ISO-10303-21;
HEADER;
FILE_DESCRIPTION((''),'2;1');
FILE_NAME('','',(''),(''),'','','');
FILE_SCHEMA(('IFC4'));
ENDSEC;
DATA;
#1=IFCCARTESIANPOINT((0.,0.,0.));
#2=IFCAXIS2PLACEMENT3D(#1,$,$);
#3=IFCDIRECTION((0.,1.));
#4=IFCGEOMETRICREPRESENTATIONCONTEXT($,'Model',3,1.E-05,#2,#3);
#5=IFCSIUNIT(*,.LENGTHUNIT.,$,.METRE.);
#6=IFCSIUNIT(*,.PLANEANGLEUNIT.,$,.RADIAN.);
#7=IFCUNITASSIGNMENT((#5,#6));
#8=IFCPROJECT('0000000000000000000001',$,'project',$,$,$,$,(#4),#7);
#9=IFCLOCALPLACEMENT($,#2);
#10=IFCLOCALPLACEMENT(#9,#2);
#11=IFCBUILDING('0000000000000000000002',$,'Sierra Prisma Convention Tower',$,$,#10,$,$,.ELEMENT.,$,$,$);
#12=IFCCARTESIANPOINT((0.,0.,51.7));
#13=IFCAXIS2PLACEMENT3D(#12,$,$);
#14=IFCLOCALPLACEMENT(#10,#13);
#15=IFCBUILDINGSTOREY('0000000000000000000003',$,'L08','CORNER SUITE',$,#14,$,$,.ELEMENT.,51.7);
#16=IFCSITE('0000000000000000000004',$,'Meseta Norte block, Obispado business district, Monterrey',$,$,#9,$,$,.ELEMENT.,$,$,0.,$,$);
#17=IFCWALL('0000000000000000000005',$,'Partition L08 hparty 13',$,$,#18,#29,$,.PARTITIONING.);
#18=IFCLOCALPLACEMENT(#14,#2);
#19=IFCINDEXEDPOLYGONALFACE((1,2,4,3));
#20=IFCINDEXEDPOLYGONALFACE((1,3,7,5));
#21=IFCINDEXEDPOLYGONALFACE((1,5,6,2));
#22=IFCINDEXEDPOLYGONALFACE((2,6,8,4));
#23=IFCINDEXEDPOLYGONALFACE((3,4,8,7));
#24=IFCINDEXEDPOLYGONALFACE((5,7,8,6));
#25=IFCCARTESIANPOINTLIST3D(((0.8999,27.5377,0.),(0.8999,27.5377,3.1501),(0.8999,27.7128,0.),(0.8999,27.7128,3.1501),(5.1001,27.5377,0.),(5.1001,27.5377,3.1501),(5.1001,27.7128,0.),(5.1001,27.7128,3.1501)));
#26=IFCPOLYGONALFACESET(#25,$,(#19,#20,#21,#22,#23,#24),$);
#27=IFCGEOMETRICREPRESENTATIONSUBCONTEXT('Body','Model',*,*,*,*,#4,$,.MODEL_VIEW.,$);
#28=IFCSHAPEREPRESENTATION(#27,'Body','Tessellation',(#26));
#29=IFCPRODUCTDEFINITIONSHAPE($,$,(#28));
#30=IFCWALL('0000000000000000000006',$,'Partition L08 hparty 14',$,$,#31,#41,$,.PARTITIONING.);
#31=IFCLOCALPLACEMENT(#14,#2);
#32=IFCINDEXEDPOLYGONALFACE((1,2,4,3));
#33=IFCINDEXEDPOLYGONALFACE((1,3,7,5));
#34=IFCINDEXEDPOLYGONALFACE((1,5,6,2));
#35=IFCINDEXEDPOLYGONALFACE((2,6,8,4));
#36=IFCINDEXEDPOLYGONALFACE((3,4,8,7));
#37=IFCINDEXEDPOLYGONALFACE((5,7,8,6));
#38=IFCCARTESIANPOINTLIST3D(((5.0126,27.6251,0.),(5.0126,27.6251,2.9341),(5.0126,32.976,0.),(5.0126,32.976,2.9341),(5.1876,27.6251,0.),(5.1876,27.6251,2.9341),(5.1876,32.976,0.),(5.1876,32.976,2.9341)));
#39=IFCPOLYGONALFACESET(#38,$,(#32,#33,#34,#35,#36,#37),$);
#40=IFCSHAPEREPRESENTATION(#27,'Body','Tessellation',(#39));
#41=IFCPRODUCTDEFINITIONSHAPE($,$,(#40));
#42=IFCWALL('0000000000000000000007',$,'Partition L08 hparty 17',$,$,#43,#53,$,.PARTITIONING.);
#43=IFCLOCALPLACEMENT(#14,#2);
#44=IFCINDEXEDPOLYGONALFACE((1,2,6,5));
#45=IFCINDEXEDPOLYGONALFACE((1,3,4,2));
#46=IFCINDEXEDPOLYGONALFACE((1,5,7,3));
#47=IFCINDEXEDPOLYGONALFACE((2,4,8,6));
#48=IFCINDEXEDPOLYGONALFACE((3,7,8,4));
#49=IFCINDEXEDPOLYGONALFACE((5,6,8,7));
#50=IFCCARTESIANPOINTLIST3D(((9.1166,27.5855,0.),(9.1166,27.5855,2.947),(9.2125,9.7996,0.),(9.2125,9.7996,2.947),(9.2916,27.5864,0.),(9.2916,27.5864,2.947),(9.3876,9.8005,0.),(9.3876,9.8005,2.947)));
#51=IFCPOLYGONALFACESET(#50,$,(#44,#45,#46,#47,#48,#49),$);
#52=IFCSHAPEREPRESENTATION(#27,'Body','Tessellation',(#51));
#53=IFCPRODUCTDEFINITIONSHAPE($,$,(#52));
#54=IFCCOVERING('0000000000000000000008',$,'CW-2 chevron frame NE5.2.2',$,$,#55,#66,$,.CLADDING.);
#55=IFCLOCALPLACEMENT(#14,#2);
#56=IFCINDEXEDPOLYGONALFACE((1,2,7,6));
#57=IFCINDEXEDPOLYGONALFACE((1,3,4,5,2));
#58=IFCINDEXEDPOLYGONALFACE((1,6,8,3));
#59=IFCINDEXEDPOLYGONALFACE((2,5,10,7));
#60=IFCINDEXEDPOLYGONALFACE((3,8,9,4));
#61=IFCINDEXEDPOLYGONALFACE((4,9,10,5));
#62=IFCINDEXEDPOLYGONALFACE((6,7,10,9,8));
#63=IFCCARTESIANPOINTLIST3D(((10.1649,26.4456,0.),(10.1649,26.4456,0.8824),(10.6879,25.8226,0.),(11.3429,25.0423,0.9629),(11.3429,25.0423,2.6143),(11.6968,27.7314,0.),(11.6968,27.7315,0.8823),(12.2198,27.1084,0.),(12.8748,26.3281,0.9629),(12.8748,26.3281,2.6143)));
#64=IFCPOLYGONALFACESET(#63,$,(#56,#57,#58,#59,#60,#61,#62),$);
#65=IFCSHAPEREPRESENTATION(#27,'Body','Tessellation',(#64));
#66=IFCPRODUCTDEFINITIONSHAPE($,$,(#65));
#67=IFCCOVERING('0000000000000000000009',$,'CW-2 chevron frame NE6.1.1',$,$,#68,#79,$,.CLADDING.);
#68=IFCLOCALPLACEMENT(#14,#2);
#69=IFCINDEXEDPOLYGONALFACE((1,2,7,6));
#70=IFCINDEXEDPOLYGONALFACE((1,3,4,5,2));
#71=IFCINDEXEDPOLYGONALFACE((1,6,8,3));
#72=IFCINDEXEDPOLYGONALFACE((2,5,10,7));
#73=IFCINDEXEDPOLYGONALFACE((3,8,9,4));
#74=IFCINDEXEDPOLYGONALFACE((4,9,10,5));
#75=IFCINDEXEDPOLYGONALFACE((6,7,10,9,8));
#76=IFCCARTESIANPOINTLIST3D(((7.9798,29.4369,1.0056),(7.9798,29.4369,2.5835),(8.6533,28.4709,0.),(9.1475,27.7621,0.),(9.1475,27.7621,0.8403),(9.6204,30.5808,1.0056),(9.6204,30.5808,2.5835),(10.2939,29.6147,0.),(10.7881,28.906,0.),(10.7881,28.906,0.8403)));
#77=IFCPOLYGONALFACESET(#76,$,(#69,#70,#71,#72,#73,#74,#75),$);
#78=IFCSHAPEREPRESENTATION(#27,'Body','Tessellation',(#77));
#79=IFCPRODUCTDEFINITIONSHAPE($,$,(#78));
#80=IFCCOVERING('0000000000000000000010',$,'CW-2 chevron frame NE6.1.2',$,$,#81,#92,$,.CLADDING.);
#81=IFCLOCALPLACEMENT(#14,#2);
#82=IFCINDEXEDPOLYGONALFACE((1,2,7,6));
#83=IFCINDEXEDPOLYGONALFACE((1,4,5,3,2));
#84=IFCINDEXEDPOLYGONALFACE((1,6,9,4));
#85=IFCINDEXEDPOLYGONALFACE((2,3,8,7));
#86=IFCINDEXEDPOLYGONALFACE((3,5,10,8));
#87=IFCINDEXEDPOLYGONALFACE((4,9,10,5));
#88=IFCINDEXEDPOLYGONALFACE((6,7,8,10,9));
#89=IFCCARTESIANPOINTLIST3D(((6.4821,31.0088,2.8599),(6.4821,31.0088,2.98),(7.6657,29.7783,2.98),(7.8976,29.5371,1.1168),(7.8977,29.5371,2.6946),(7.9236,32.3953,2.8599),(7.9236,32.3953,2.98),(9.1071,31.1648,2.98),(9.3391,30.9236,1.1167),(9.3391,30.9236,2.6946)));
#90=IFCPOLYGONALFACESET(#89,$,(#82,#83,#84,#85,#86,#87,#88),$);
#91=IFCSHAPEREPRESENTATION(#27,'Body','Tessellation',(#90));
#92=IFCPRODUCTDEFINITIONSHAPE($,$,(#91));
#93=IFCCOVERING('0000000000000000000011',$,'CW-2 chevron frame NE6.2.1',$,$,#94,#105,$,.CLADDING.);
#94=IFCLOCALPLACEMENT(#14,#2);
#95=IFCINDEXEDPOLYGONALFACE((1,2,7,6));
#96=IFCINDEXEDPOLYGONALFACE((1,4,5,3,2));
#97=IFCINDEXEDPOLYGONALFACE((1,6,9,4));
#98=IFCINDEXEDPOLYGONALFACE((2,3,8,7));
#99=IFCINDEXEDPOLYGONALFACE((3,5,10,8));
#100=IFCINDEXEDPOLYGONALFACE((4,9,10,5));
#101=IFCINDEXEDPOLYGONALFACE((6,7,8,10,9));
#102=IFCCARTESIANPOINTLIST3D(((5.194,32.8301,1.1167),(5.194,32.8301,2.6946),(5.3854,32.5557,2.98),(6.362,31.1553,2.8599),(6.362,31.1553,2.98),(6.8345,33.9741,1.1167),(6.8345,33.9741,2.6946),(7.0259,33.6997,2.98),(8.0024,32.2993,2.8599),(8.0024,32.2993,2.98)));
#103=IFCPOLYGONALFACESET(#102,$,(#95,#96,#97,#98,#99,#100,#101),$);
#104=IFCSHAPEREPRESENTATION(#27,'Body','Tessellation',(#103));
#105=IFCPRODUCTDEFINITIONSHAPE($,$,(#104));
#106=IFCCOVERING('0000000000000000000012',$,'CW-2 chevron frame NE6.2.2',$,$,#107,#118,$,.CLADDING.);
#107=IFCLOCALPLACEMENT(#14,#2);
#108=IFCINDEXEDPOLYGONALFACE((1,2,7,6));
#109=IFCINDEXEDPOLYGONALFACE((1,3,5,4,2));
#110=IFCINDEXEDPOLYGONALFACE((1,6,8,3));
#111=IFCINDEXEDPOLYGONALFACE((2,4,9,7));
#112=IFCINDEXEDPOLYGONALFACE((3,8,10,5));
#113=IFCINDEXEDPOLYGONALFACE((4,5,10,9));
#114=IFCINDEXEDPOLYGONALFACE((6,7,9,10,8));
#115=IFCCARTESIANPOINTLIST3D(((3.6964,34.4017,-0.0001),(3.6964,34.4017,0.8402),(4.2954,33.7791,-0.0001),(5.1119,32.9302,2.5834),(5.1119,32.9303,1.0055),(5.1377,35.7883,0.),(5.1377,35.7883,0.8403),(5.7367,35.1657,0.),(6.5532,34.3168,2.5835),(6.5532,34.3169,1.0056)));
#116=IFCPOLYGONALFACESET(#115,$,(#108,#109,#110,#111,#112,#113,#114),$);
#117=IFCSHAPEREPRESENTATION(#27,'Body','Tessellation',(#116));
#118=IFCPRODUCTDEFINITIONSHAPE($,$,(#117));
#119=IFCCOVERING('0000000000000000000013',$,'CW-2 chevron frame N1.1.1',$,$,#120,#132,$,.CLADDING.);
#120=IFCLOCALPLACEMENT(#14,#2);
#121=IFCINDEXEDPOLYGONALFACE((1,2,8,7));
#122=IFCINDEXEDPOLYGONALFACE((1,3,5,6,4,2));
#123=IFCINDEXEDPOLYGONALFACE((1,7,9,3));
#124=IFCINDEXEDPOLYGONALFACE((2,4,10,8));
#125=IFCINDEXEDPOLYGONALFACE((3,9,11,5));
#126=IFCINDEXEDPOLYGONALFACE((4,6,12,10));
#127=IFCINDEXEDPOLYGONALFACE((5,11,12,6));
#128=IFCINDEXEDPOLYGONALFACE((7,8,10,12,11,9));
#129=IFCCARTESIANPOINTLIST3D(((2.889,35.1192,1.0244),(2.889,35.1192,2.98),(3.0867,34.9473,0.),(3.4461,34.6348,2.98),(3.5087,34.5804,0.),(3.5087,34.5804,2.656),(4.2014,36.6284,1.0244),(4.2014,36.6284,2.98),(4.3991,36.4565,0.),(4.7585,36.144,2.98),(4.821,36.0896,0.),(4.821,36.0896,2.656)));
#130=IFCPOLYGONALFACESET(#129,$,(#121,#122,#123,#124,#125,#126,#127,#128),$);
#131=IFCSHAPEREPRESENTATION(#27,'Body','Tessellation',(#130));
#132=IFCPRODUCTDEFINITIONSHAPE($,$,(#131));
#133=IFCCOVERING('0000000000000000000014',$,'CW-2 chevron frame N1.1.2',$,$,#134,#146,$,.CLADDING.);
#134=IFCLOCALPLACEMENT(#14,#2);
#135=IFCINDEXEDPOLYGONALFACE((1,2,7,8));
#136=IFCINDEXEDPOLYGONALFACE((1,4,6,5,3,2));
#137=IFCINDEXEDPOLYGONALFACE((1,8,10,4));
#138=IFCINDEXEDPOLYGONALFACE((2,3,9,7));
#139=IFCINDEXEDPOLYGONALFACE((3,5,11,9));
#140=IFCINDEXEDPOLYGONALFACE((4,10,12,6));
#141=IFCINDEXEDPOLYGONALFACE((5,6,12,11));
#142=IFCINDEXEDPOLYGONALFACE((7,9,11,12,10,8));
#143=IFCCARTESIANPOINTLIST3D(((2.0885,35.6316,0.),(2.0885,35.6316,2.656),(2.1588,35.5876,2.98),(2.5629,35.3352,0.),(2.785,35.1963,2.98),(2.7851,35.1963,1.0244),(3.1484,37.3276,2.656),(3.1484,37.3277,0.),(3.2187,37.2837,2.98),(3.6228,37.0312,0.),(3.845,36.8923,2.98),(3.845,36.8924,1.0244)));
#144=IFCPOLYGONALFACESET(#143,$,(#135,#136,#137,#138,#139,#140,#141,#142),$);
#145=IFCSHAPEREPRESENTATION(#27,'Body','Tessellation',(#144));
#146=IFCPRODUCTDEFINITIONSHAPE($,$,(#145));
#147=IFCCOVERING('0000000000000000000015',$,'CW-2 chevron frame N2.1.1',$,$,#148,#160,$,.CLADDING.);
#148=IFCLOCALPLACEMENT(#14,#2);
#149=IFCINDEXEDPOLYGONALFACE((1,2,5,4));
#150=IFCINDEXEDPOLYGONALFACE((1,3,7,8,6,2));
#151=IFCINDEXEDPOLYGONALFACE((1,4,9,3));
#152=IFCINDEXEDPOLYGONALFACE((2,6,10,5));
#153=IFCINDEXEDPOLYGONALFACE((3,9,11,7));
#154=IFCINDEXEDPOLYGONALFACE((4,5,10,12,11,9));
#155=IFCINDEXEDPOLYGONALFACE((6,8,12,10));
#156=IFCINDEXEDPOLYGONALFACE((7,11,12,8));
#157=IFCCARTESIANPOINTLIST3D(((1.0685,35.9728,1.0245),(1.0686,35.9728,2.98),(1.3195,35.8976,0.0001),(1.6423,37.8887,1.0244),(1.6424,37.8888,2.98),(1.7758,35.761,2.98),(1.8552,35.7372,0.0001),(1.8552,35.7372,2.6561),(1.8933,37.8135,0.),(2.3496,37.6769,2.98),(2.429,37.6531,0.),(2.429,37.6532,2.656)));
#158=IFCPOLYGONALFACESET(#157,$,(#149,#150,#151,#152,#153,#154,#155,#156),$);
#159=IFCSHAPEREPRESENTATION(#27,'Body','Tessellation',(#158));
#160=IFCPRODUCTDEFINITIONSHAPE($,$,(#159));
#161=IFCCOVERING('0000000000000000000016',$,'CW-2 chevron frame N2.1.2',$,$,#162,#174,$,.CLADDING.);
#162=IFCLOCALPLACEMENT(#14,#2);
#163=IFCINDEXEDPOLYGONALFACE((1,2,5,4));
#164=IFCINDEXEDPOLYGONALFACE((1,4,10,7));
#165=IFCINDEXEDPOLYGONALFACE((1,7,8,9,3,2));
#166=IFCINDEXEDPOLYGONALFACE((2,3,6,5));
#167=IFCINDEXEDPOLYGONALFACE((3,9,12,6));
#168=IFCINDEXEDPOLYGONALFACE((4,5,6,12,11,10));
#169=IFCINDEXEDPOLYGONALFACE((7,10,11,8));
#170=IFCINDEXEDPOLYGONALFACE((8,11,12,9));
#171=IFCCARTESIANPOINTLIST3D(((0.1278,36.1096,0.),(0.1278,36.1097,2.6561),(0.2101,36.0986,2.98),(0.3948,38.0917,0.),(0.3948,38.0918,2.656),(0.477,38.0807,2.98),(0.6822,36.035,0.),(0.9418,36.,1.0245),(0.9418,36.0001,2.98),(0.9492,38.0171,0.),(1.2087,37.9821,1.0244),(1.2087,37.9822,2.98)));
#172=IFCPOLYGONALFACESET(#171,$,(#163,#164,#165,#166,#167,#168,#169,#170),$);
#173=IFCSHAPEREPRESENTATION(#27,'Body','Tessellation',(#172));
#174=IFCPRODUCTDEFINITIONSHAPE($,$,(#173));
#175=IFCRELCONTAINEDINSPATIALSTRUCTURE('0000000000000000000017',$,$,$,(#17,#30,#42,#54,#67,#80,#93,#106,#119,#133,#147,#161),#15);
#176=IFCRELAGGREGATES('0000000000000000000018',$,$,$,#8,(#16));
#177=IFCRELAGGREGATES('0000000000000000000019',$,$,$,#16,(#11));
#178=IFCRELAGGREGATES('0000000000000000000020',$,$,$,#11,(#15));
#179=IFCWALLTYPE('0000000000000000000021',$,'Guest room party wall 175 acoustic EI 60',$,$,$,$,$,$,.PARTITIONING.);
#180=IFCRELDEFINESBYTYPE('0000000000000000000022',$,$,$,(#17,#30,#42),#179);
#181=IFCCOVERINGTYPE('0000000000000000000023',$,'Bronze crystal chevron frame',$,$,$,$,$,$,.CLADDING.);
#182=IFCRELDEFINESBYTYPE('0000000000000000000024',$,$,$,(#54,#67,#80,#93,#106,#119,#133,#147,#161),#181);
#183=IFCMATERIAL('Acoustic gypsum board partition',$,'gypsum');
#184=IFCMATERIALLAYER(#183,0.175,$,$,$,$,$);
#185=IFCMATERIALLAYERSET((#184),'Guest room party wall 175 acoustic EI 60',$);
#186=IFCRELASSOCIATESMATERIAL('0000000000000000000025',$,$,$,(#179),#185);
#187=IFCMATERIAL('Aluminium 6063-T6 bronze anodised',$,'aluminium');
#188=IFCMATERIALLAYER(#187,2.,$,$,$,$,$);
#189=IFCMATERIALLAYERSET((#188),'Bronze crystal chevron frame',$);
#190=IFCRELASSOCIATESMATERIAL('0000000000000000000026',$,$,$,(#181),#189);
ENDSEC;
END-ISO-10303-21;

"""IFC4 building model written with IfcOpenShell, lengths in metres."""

from ifc_helpers import new_model, si_unit, direction, frame, frame_2d, origin, place, context, subcontext, project, spatial, polyline, rectangle, outline, extrude, material, layer, layer_set, type_object, element, save


model = new_model("IFC4")

# Units and contexts
model_context = context("Model", 3, precision=1e-05, world=origin(), true_north=direction((0.0, 1.0)))
body_context = subcontext(model_context, "Body", "Model", "MODEL_VIEW")
ifc_project = project(units=[si_unit("LENGTHUNIT", "METRE"), si_unit("PLANEANGLEUNIT", "RADIAN")], contexts=[model_context])

# Site, building, storey
site_placement = place(None, origin())
site = spatial("IfcSite", under=ifc_project, at=site_placement, Name="Meseta Norte block, Obispado business district, Monterrey", CompositionType="ELEMENT", RefElevation=0.0)
building_placement = place(site_placement, origin())
building = spatial("IfcBuilding", under=site, at=building_placement, Name="Sierra Prisma Convention Tower", CompositionType="ELEMENT")
storey_placement = place(building_placement, frame((0.0, 0.0, 51.7)))
storey = spatial("IfcBuildingStorey", under=building, at=storey_placement, Name="L08", Description="CORNER SUITE", CompositionType="ELEMENT", Elevation=51.7)

# Walls
ifc_material_1 = material(Name="Acoustic gypsum board partition", Category="gypsum")
ifc_layer_1 = layer(ifc_material_1, 0.175)
ifc_layer_set_1 = layer_set([ifc_layer_1], Name="Guest room party wall 175 acoustic EI 60")
wall_type_1 = type_object("IfcWallType", Name="Guest room party wall 175 acoustic EI 60", PredefinedType="PARTITIONING", material=ifc_layer_set_1)
wall_1_placement = place(storey_placement, frame((0.8999, 27.6252, 0.0), z_axis=(0.0, 0.0, 1.0), x_axis=(1.0, 0.0, 0.0)))
element("IfcWall", 1, at=wall_1_placement, inside=storey, type_object=wall_type_1, Name="Partition L08 hparty 13", PredefinedType="PARTITIONING", context=body_context, shape_type="SweptSolid", body=[
    extrude(rectangle(XDim=4.2002, YDim=0.175, at=frame_2d((2.1001, 0.0))), origin(), (0.0, 0.0, 1.0), 3.1501),
])
wall_2_placement = place(storey_placement, frame((5.1001, 27.6252, 0.0), z_axis=(0.0, 0.0, 1.0), x_axis=(0.0, 1.0, 0.0)))
element("IfcWall", 2, at=wall_2_placement, inside=storey, type_object=wall_type_1, Name="Partition L08 hparty 14", PredefinedType="PARTITIONING", context=body_context, shape_type="SweptSolid", body=[
    extrude(rectangle(XDim=5.3508, YDim=0.175, at=frame_2d((2.6753, 0.0))), origin(), (0.0, 0.0, 1.0), 2.9341),
])
wall_3_placement = place(storey_placement, frame((9.2041, 27.5859, 0.0), z_axis=(0.0, 0.0, 1.0), x_axis=(0.005394, -0.999985, 0.0)))
element("IfcWall", 3, at=wall_3_placement, inside=storey, type_object=wall_type_1, Name="Partition L08 hparty 17", PredefinedType="PARTITIONING", context=body_context, shape_type="SweptSolid", body=[
    extrude(rectangle(XDim=17.7861, YDim=0.175, at=frame_2d((8.8931, 0.0))), origin(), (0.0, 0.0, 1.0), 2.947),
])

# Coverings
ifc_material_2 = material(Name="Aluminium 6063-T6 bronze anodised", Category="aluminium")
ifc_layer_2 = layer(ifc_material_2, 2.0)
ifc_layer_set_2 = layer_set([ifc_layer_2], Name="Bronze crystal chevron frame")
covering_type = type_object("IfcCoveringType", Name="Bronze crystal chevron frame", PredefinedType="CLADDING", material=ifc_layer_set_2)
covering_1_placement = place(storey_placement, frame((11.6968, 27.7314, 0.0), z_axis=(0.765927, 0.642927, -0.000013), x_axis=(0.00001, 0.000008, 1.0)))
element("IfcCovering", 4, at=covering_1_placement, inside=storey, type_object=covering_type, Name="CW-2 chevron frame NE5.2.2", PredefinedType="CLADDING", context=body_context, shape_type="SweptSolid", body=[
    extrude(outline(polyline([(0.0, 0.0), (0.8823, 0.0), (2.6143, 1.8322), (0.9629, 1.8322), (0.0, 0.8134), (0.0, 0.0)])), origin(), (0.0, 0.0, -1.0), 2.0),
])
covering_2_placement = place(storey_placement, frame((10.7881, 28.906, 0.0), z_axis=(0.820299, 0.571935, 0.000004), x_axis=(-0.571935, 0.820299, 0.0)))
element("IfcCovering", 5, at=covering_2_placement, inside=storey, type_object=covering_type, Name="CW-2 chevron frame NE6.1.1", PredefinedType="CLADDING", context=body_context, shape_type="SweptSolid", body=[
    extrude(outline(polyline([(0.0, 0.0), (0.864, 0.0), (2.0417, 1.0056), (2.0417, 2.5835), (0.0, 0.8403), (0.0, 0.0)])), origin(), (0.0, 0.0, -1.0), 2.0),
])
covering_3_placement = place(storey_placement, frame((9.3391, 30.9236, 2.6946), z_axis=(0.72072, 0.693226, -0.000027), x_axis=(-0.00002, -0.000019, -1.0)))
element("IfcCovering", 6, at=covering_3_placement, inside=storey, type_object=covering_type, Name="CW-2 chevron frame NE6.1.2", PredefinedType="CLADDING", context=body_context, shape_type="SweptSolid", body=[
    extrude(outline(polyline([(0.0, 0.0), (1.5779, 0.0), (-0.1653, 2.0419), (-0.2854, 2.0419), (-0.2854, 0.3346), (0.0, 0.0)])), origin(), (0.0, 0.0, -1.0), 2.0),
])
covering_4_placement = place(storey_placement, frame((8.0024, 32.2993, 2.98), z_axis=(0.820243, 0.572015, -0.000015), x_axis=(-0.000013, -0.000009, -1.0)))
element("IfcCovering", 7, at=covering_4_placement, inside=storey, type_object=covering_type, Name="CW-2 chevron frame NE6.2.1", PredefinedType="CLADDING", context=body_context, shape_type="SweptSolid", body=[
    extrude(outline(polyline([(0.0, 0.0), (0.1201, 0.0), (1.8633, 2.0418), (0.2854, 2.0418), (0.0, 1.7073), (0.0, 0.0)])), origin(), (0.0, 0.0, -1.0), 2.0),
])
covering_5_placement = place(storey_placement, frame((5.1377, 35.7883, 0.0), z_axis=(0.720647, 0.693303, 0.000055), x_axis=(-0.00004, -0.000038, 1.0)))
element("IfcCovering", 8, at=covering_5_placement, inside=storey, type_object=covering_type, Name="CW-2 chevron frame NE6.2.2", PredefinedType="CLADDING", context=body_context, shape_type="SweptSolid", body=[
    extrude(outline(polyline([(0.0, 0.0), (0.8403, 0.0), (2.5835, 2.0418), (1.0056, 2.0418), (0.0, 0.864), (0.0, 0.0)])), origin(), (0.0, 0.0, -1.0), 2.0),
])
covering_6_placement = place(storey_placement, frame((4.821, 36.0896, 0.0), z_axis=(0.656193, 0.754593, -0.000001), x_axis=(-0.754593, 0.656193, 0.0)))
element("IfcCovering", 9, at=covering_6_placement, inside=storey, type_object=covering_type, Name="CW-2 chevron frame N1.1.1", PredefinedType="CLADDING", context=body_context, shape_type="SweptSolid", body=[
    extrude(outline(polyline([(0.0, 0.0), (0.5591, 0.0), (0.8211, 1.0244), (0.8211, 2.98), (0.0829, 2.98), (0.0, 2.656), (0.0, 0.0)])), origin(), (0.0, 0.0, -1.0), 2.0),
])
covering_7_placement = place(storey_placement, frame((3.845, 36.8923, 2.98), z_axis=(0.529961, 0.848022, 0.000011), x_axis=(0.000006, 0.000009, -1.0)))
element("IfcCovering", 10, at=covering_7_placement, inside=storey, type_object=covering_type, Name="CW-2 chevron frame N1.1.2", PredefinedType="CLADDING", context=body_context, shape_type="SweptSolid", body=[
    extrude(outline(polyline([(0.0, 0.0), (1.9556, 0.0), (2.98, 0.262), (2.98, 0.8214), (0.324, 0.8214), (0.0, 0.7385), (0.0, 0.0)])), origin(), (0.0, 0.0, -1.0), 2.0),
])
covering_8_placement = place(storey_placement, frame((2.429, 37.6531, 0.0), z_axis=(0.286895, 0.957962, -0.000032), x_axis=(-0.957962, 0.286895, 0.0)))
element("IfcCovering", 11, at=covering_8_placement, inside=storey, type_object=covering_type, Name="CW-2 chevron frame N2.1.1", PredefinedType="CLADDING", context=body_context, shape_type="SweptSolid", body=[
    extrude(outline(polyline([(0.0, 0.0), (0.5591, 0.0), (0.8211, 1.0244), (0.8211, 2.98), (0.0829, 2.98), (0.0, 2.656), (0.0, 0.0)])), origin(), (0.0, 0.0, -1.0), 2.0),
])
covering_9_placement = place(storey_placement, frame((1.2087, 37.9822, 2.98), z_axis=(0.133483, 0.991051, -0.000023), x_axis=(-0.000003, -0.000023, -1.0)))
element("IfcCovering", 12, at=covering_9_placement, inside=storey, type_object=covering_type, Name="CW-2 chevron frame N2.1.2", PredefinedType="CLADDING", context=body_context, shape_type="SweptSolid", body=[
    extrude(outline(polyline([(0.0, 0.0), (1.9556, 0.0), (2.98, 0.2619), (2.98, 0.8213), (0.324, 0.8213), (0.0, 0.7383), (0.0, 0.0)])), origin(), (0.0, 0.0, -1.0), 2.0),
])

save(model, "model.ifc")
